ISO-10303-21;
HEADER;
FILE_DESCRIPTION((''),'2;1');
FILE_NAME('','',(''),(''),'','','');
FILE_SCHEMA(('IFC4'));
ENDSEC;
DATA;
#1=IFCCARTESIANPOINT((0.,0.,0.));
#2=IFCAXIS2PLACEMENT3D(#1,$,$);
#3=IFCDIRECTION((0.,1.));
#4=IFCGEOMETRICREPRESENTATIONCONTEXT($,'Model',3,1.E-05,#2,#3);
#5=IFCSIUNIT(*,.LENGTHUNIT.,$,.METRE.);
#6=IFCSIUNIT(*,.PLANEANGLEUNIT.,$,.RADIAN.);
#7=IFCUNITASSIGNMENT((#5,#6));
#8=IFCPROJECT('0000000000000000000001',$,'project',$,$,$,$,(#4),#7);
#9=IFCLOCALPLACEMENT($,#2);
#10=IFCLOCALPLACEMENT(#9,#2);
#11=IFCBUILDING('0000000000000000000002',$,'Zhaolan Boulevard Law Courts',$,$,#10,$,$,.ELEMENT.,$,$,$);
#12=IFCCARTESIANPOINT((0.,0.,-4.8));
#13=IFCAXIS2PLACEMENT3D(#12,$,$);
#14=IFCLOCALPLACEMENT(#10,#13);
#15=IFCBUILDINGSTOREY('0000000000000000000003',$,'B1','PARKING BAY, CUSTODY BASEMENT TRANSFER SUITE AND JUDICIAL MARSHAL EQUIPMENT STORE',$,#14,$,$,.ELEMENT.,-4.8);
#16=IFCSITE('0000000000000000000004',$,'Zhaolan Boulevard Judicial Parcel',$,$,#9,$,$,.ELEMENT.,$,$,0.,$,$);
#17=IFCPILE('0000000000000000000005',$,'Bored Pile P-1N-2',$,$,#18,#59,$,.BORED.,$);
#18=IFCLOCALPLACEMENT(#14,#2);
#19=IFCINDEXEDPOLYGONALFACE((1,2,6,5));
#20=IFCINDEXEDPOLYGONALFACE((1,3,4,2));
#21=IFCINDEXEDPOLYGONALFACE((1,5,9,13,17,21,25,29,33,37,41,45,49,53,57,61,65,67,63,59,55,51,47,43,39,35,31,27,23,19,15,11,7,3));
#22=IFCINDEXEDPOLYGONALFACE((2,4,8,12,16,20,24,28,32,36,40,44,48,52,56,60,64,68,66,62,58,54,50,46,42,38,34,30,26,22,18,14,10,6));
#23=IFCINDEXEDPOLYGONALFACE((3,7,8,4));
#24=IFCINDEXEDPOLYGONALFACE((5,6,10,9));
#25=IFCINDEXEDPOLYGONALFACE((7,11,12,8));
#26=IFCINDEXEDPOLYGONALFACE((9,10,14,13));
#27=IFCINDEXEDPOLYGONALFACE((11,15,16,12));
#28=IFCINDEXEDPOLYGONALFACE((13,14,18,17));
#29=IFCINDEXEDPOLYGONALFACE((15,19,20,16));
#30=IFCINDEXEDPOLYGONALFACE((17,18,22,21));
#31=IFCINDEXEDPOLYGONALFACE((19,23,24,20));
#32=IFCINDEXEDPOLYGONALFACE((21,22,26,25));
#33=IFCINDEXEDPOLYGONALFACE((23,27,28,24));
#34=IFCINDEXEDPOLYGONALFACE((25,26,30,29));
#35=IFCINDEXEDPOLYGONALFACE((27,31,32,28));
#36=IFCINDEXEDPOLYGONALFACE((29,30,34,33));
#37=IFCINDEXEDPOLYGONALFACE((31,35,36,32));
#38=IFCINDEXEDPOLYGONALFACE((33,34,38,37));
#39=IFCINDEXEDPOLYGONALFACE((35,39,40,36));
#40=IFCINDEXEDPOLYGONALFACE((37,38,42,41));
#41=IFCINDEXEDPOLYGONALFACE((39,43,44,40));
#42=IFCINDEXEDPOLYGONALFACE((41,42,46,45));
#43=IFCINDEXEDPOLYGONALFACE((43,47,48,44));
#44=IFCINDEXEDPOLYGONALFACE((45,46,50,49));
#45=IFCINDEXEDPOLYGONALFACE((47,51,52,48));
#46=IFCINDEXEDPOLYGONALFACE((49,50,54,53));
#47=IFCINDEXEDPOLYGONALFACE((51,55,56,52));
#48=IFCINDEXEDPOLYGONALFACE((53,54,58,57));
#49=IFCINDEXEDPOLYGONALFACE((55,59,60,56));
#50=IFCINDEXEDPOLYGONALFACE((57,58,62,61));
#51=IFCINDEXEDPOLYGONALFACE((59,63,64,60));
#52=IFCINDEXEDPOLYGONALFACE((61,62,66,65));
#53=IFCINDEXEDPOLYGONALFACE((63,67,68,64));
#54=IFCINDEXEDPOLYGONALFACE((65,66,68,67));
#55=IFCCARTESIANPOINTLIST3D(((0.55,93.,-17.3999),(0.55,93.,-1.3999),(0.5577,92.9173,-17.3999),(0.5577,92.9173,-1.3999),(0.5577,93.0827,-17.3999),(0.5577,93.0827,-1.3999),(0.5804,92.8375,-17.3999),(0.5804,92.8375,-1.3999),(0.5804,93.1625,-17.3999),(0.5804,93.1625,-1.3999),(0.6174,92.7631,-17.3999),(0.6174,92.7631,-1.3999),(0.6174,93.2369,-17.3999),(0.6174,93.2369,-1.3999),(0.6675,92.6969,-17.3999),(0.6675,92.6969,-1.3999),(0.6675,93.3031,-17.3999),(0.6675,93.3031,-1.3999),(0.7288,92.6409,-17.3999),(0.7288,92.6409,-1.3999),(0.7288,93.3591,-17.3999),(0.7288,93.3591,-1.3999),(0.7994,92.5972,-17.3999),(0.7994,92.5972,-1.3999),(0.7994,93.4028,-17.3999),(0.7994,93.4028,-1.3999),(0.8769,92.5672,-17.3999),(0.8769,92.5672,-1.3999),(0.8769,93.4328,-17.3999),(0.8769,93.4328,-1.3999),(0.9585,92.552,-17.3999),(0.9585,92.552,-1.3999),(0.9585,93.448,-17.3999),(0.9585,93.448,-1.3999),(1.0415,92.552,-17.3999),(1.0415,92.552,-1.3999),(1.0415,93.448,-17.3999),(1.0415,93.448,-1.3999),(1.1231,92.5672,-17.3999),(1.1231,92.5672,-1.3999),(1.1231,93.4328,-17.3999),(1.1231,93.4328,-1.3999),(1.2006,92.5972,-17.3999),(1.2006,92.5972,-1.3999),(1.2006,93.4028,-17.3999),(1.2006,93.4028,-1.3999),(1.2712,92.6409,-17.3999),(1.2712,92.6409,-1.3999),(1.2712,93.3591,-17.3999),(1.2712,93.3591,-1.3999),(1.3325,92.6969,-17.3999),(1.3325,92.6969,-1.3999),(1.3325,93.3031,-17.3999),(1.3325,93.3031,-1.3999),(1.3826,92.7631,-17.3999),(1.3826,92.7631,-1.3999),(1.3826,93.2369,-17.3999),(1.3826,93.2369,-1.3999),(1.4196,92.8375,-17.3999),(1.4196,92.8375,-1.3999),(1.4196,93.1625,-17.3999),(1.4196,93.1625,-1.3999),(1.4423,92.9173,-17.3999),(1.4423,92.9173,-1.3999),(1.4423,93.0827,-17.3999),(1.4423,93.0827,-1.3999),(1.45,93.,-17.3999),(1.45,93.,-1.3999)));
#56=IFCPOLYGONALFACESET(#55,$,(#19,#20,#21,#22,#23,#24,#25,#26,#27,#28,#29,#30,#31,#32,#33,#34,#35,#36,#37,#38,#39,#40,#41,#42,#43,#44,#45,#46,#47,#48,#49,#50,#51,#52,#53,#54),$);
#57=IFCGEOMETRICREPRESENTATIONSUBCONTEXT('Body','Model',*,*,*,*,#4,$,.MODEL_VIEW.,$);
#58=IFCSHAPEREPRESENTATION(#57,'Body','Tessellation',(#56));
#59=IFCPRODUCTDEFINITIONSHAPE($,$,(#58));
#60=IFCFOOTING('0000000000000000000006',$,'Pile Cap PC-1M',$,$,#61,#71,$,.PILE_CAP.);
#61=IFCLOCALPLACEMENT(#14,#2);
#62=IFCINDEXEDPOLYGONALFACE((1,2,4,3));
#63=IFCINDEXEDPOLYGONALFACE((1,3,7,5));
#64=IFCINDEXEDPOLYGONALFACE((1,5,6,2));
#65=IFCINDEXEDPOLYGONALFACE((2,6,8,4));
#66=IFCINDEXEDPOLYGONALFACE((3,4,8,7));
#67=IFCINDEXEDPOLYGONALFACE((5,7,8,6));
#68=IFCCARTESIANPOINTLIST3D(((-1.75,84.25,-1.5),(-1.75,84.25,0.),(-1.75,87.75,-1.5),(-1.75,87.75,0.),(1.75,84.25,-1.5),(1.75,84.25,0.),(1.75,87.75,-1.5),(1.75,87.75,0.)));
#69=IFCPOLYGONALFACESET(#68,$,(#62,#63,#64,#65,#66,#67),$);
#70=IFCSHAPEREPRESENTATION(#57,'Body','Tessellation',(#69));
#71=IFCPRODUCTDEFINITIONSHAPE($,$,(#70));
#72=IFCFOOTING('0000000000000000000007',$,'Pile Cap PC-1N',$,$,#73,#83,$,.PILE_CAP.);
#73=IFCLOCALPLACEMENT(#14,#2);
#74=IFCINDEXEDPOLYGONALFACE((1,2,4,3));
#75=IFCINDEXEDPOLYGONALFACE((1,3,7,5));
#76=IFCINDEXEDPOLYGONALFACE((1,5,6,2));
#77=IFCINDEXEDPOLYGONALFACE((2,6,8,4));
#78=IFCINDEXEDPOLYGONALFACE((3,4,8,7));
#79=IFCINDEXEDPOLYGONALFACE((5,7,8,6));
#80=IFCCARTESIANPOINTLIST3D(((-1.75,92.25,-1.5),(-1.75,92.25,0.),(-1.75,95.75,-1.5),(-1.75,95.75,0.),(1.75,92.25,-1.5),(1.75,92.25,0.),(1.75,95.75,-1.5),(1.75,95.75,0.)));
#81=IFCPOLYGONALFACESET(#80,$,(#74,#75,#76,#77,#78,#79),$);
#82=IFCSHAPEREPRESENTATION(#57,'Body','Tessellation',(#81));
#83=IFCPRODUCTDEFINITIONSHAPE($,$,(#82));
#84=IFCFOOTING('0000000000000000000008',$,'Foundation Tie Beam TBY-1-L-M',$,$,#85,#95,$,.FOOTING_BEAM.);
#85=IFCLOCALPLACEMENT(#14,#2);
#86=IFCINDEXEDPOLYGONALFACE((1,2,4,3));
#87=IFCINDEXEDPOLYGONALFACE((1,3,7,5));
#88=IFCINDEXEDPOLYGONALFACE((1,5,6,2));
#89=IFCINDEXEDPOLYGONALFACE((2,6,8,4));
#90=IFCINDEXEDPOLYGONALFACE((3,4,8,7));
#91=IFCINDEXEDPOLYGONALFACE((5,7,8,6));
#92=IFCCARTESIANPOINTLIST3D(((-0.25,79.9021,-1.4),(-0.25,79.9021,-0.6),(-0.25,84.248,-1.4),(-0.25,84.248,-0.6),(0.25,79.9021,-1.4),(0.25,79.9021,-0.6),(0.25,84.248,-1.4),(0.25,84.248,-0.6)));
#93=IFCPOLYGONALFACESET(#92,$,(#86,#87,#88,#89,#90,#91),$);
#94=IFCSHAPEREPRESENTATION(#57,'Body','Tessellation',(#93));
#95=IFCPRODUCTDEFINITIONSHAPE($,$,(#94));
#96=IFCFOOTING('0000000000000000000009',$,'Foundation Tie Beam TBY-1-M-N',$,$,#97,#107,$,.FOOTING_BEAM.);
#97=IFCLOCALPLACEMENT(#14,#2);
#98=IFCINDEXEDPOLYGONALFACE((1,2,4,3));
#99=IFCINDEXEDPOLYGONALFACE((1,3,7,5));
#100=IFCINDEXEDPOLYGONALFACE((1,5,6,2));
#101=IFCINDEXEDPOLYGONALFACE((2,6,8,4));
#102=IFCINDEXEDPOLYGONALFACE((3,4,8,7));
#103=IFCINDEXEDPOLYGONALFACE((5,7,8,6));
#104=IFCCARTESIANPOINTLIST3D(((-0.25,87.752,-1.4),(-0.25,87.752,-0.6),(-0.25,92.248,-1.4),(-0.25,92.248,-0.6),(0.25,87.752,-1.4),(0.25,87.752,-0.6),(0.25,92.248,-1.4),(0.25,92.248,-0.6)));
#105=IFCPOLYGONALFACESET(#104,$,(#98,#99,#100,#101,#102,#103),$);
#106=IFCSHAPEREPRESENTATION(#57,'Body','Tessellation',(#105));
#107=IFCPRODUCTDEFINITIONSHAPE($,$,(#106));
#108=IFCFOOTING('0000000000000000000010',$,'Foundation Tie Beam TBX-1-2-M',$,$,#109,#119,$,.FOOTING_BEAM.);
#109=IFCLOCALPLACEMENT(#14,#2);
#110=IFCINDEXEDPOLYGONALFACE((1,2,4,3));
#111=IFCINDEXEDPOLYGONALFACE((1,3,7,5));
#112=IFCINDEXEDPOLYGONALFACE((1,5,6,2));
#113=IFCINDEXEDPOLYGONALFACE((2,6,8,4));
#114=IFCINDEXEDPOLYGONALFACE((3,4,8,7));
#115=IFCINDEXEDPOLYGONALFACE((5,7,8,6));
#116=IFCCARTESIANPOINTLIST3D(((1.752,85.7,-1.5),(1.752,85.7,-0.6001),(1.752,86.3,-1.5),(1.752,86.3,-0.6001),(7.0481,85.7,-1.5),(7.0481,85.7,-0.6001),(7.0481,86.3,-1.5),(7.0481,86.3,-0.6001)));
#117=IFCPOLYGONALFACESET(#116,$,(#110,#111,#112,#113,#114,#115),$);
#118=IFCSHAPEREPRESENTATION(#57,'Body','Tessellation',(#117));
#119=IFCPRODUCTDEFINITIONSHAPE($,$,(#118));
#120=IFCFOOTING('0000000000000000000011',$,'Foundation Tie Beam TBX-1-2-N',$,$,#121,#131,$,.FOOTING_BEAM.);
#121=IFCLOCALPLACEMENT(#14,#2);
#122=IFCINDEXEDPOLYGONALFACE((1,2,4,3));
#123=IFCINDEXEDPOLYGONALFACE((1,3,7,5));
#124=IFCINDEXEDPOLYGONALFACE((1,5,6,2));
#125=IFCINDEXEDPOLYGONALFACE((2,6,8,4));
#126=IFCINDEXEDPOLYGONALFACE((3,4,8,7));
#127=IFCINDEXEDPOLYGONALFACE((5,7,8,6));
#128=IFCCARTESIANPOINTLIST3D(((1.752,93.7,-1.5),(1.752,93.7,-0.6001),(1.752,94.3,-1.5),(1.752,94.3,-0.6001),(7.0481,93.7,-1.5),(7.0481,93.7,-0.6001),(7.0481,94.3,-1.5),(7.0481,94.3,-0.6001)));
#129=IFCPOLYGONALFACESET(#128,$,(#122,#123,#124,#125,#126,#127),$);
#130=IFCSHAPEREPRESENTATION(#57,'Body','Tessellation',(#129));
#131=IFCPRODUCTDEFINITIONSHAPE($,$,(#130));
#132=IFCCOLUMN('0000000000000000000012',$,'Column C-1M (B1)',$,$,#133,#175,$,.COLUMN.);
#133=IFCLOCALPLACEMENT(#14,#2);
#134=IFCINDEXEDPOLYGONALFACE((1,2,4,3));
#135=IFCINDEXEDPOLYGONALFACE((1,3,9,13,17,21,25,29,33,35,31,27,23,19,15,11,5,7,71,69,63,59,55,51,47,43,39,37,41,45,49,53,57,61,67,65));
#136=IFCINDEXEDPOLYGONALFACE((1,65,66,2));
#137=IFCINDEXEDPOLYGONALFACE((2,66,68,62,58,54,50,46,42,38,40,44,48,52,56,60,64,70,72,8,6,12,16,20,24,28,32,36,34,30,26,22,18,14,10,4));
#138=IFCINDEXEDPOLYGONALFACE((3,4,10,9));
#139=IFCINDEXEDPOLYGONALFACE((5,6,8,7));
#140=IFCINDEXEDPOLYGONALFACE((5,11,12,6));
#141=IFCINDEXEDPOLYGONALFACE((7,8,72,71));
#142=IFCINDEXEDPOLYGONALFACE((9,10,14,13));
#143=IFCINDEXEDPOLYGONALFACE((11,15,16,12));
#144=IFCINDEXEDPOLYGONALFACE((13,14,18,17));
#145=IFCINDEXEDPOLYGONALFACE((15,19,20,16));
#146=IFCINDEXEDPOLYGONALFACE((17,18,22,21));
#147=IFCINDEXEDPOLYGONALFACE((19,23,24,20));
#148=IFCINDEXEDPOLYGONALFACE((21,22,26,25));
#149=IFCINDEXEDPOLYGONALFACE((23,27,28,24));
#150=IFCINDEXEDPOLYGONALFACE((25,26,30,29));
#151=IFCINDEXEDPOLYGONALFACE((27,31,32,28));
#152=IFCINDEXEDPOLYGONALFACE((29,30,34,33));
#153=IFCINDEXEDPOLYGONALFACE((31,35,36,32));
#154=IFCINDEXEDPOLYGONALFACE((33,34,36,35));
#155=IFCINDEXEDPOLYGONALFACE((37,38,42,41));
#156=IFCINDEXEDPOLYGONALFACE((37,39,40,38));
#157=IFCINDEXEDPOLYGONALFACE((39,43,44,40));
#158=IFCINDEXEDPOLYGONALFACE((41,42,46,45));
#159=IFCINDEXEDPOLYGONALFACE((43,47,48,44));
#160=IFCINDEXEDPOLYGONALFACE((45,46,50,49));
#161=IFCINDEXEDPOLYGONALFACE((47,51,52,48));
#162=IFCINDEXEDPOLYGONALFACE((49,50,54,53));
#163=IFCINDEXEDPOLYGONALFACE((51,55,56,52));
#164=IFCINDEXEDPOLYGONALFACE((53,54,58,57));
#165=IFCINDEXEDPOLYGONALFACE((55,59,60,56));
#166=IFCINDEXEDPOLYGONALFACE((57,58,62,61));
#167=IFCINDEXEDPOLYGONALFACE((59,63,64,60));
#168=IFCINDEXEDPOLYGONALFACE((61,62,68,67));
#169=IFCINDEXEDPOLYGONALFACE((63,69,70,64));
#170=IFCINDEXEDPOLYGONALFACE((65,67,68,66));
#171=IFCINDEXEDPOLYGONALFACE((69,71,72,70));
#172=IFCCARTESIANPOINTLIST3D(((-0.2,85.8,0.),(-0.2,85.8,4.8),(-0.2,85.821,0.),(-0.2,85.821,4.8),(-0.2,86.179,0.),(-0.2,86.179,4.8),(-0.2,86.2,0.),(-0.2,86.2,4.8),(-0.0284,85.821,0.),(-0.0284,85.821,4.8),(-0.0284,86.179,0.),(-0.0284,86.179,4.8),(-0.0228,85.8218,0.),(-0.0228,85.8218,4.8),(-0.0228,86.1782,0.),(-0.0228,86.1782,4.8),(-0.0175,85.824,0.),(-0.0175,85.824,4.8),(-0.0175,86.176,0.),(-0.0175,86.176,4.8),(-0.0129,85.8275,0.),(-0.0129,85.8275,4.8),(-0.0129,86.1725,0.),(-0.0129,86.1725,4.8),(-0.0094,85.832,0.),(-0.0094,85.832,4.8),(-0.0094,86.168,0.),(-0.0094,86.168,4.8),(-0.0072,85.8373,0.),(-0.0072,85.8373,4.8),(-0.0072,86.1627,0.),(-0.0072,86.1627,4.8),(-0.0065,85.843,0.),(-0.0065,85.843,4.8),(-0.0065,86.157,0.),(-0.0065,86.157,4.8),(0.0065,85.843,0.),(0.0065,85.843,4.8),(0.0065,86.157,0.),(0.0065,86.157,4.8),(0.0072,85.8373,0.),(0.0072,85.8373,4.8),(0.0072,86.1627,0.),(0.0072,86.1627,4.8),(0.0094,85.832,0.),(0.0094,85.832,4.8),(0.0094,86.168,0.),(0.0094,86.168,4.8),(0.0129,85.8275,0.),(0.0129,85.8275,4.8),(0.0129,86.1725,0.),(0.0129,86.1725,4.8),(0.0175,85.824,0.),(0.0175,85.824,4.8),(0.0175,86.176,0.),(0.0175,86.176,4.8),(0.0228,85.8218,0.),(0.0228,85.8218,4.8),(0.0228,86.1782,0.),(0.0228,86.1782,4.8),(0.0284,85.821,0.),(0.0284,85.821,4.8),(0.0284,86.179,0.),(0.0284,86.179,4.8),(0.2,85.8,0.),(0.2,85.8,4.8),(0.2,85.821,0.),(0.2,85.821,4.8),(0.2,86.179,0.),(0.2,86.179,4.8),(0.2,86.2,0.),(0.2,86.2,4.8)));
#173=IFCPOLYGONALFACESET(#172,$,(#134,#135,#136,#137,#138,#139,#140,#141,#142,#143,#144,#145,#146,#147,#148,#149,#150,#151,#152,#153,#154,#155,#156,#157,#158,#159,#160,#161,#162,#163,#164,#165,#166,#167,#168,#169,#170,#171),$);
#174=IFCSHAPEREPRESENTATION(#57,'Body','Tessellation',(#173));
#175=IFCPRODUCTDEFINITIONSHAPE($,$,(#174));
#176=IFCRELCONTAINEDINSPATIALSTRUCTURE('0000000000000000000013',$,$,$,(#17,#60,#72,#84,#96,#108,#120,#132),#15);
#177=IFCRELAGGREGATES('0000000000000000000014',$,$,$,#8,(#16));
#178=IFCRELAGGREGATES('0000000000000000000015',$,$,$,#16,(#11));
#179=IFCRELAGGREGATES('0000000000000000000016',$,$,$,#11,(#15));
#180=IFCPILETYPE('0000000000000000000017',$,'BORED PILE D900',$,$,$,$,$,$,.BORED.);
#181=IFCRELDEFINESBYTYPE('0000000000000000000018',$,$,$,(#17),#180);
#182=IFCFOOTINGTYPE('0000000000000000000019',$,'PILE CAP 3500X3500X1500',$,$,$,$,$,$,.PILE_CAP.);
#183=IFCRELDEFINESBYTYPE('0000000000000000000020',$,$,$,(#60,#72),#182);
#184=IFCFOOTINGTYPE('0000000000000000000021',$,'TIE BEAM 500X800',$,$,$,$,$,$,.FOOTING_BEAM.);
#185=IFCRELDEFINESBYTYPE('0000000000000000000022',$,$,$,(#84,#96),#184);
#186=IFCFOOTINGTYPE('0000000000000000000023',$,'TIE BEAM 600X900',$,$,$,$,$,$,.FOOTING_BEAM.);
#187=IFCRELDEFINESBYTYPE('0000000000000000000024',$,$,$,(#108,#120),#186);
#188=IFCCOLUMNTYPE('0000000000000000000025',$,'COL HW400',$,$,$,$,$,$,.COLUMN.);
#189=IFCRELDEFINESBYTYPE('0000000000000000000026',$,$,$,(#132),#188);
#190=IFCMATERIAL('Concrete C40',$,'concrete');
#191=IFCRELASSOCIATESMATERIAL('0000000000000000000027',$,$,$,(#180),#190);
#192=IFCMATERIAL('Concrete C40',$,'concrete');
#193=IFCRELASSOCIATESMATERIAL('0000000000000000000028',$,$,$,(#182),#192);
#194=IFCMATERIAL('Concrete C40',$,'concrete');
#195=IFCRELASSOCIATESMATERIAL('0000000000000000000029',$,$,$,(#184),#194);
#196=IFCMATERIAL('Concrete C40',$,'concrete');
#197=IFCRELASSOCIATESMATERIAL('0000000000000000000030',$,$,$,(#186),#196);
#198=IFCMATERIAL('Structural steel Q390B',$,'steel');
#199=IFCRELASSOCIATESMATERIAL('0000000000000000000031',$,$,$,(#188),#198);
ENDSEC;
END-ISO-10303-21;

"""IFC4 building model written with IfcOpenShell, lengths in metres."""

from ifc_helpers import new_model, si_unit, direction, frame, origin, origin_2d, place, context, subcontext, project, spatial, rectangle, circle, i_section, extrude, material, material_profile, profile_set, type_object, element, save


model = new_model("IFC4")

# Units and contexts
model_context = context("Model", 3, precision=1e-05, world=origin(), true_north=direction((0.0, 1.0)))
body_context = subcontext(model_context, "Body", "Model", "MODEL_VIEW")
ifc_project = project(units=[si_unit("LENGTHUNIT", "METRE"), si_unit("PLANEANGLEUNIT", "RADIAN")], contexts=[model_context])

# Site, building, storey
site_placement = place(None, origin())
site = spatial("IfcSite", under=ifc_project, at=site_placement, Name="Zhaolan Boulevard Judicial Parcel", CompositionType="ELEMENT", RefElevation=0.0)
building_placement = place(site_placement, origin())
building = spatial("IfcBuilding", under=site, at=building_placement, Name="Zhaolan Boulevard Law Courts", CompositionType="ELEMENT")
storey_placement = place(building_placement, frame((0.0, 0.0, -4.8)))
storey = spatial("IfcBuildingStorey", under=building, at=storey_placement, Name="B1", Description="PARKING BAY, CUSTODY BASEMENT TRANSFER SUITE AND JUDICIAL MARSHAL EQUIPMENT STORE", CompositionType="ELEMENT", Elevation=-4.8)

# Pile
ifc_material_1 = material(Name="Concrete C40", Category="concrete")
ifc_material_profile_1 = material_profile(ifc_material_1, circle(Radius=0.45, at=origin_2d()), Name="PILE-D900")
ifc_profile_set_1 = profile_set([ifc_material_profile_1], Name="Concrete C40")
pile_type_1 = type_object("IfcPileType", Name="BORED PILE D900", PredefinedType="BORED", material=ifc_profile_set_1)
for number, where, z_axis, x_axis, name in (
    (1, (1.0, 93.0, -1.3999), (0.0, 0.0, -1.0), (1.0, 0.0, 0.0), "Bored Pile P-1N-2"),
):
    element("IfcPile", number, at=place(storey_placement, frame(where, z_axis=z_axis, x_axis=x_axis)), inside=storey, type_object=pile_type_1, Name=name, PredefinedType="BORED", context=body_context, shape_type="SweptSolid", body=[
        extrude(circle(Radius=0.45, at=origin_2d()), origin(), (0.0, 0.0, 1.0), 16.0),
    ])

# Footings
ifc_material_2 = material(Name="Concrete C40", Category="concrete")
footing_type_1 = type_object("IfcFootingType", Name="PILE CAP 3500X3500X1500", PredefinedType="PILE_CAP", material=ifc_material_2)
for number, where, z_axis, x_axis, name in (
    (2, (0.0, 86.0, -1.5), (0.0, 0.0, 1.0), (1.0, 0.0, 0.0), "Pile Cap PC-1M"),
    (3, (0.0, 94.0, -1.5), (0.0, 0.0, 1.0), (1.0, 0.0, 0.0), "Pile Cap PC-1N"),
):
    element("IfcFooting", number, at=place(storey_placement, frame(where, z_axis=z_axis, x_axis=x_axis)), inside=storey, type_object=footing_type_1, Name=name, PredefinedType="PILE_CAP", context=body_context, shape_type="SweptSolid", body=[
        extrude(rectangle(XDim=3.5, YDim=3.5, at=origin_2d()), origin(), (0.0, 0.0, 1.0), 1.5),
    ])
ifc_material_3 = material(Name="Concrete C40", Category="concrete")
ifc_material_profile_2 = material_profile(ifc_material_3, rectangle(XDim=0.5, YDim=0.8, at=origin_2d()), Name="RC500x800")
ifc_profile_set_2 = profile_set([ifc_material_profile_2], Name="Concrete C40")
footing_type_2 = type_object("IfcFootingType", Name="TIE BEAM 500X800", PredefinedType="FOOTING_BEAM", material=ifc_profile_set_2)
footing_1_placement = place(storey_placement, frame((0.0, 79.9021, -1.0), z_axis=(0.0, 1.0, 0.0), x_axis=(-1.0, 0.0, 0.0)))
element("IfcFooting", 4, at=footing_1_placement, inside=storey, type_object=footing_type_2, Name="Foundation Tie Beam TBY-1-L-M", PredefinedType="FOOTING_BEAM", context=body_context, shape_type="SweptSolid", body=[
    extrude(rectangle(XDim=0.5, YDim=0.8, at=origin_2d()), origin(), (0.0, 0.0, 1.0), 4.3459),
])
footing_2_placement = place(storey_placement, frame((0.0, 87.752, -1.0), z_axis=(0.0, 1.0, 0.0), x_axis=(-1.0, 0.0, 0.0)))
element("IfcFooting", 5, at=footing_2_placement, inside=storey, type_object=footing_type_2, Name="Foundation Tie Beam TBY-1-M-N", PredefinedType="FOOTING_BEAM", context=body_context, shape_type="SweptSolid", body=[
    extrude(rectangle(XDim=0.5, YDim=0.8, at=origin_2d()), origin(), (0.0, 0.0, 1.0), 4.4961),
])
ifc_material_4 = material(Name="Concrete C40", Category="concrete")
ifc_material_profile_3 = material_profile(ifc_material_4, rectangle(XDim=0.6001, YDim=0.8999, at=origin_2d()), Name="RC600x900")
ifc_profile_set_3 = profile_set([ifc_material_profile_3], Name="Concrete C40")
footing_type_3 = type_object("IfcFootingType", Name="TIE BEAM 600X900", PredefinedType="FOOTING_BEAM", material=ifc_profile_set_3)
for number, where, z_axis, x_axis, name in (
    (6, (1.752, 86.0, -1.05), (1.0, 0.0, 0.0), (0.0, 1.0, 0.0), "Foundation Tie Beam TBX-1-2-M"),
    (7, (1.752, 94.0, -1.05), (1.0, 0.0, 0.0), (0.0, 1.0, 0.0), "Foundation Tie Beam TBX-1-2-N"),
):
    element("IfcFooting", number, at=place(storey_placement, frame(where, z_axis=z_axis, x_axis=x_axis)), inside=storey, type_object=footing_type_3, Name=name, PredefinedType="FOOTING_BEAM", context=body_context, shape_type="SweptSolid", body=[
        extrude(rectangle(XDim=0.6001, YDim=0.8999, at=origin_2d()), origin(), (0.0, 0.0, 1.0), 5.2961),
    ])

# Column
ifc_material_5 = material(Name="Structural steel Q390B", Category="steel")
ifc_material_profile_4 = material_profile(ifc_material_5, i_section(OverallWidth=0.3999, OverallDepth=0.3999, WebThickness=0.0129, FlangeThickness=0.021, FilletRadius=0.022, at=origin_2d()), Name="HW400x400")
ifc_profile_set_4 = profile_set([ifc_material_profile_4], Name="Structural steel Q390B")
column_type = type_object("IfcColumnType", Name="COL HW400", PredefinedType="COLUMN", material=ifc_profile_set_4)
for number, where, z_axis, x_axis, name in (
    (8, (0.0, 86.0, 0.0), (0.0, 0.0, 1.0), (1.0, 0.0, 0.0), "Column C-1M (B1)"),
):
    element("IfcColumn", number, at=place(storey_placement, frame(where, z_axis=z_axis, x_axis=x_axis)), inside=storey, type_object=column_type, Name=name, PredefinedType="COLUMN", context=body_context, shape_type="SweptSolid", body=[
        extrude(i_section(OverallWidth=0.3999, OverallDepth=0.3999, WebThickness=0.0129, FlangeThickness=0.021, FilletRadius=0.022, at=origin_2d()), origin(), (0.0, 0.0, 1.0), 4.8),
    ])

save(model, "model.ifc")
